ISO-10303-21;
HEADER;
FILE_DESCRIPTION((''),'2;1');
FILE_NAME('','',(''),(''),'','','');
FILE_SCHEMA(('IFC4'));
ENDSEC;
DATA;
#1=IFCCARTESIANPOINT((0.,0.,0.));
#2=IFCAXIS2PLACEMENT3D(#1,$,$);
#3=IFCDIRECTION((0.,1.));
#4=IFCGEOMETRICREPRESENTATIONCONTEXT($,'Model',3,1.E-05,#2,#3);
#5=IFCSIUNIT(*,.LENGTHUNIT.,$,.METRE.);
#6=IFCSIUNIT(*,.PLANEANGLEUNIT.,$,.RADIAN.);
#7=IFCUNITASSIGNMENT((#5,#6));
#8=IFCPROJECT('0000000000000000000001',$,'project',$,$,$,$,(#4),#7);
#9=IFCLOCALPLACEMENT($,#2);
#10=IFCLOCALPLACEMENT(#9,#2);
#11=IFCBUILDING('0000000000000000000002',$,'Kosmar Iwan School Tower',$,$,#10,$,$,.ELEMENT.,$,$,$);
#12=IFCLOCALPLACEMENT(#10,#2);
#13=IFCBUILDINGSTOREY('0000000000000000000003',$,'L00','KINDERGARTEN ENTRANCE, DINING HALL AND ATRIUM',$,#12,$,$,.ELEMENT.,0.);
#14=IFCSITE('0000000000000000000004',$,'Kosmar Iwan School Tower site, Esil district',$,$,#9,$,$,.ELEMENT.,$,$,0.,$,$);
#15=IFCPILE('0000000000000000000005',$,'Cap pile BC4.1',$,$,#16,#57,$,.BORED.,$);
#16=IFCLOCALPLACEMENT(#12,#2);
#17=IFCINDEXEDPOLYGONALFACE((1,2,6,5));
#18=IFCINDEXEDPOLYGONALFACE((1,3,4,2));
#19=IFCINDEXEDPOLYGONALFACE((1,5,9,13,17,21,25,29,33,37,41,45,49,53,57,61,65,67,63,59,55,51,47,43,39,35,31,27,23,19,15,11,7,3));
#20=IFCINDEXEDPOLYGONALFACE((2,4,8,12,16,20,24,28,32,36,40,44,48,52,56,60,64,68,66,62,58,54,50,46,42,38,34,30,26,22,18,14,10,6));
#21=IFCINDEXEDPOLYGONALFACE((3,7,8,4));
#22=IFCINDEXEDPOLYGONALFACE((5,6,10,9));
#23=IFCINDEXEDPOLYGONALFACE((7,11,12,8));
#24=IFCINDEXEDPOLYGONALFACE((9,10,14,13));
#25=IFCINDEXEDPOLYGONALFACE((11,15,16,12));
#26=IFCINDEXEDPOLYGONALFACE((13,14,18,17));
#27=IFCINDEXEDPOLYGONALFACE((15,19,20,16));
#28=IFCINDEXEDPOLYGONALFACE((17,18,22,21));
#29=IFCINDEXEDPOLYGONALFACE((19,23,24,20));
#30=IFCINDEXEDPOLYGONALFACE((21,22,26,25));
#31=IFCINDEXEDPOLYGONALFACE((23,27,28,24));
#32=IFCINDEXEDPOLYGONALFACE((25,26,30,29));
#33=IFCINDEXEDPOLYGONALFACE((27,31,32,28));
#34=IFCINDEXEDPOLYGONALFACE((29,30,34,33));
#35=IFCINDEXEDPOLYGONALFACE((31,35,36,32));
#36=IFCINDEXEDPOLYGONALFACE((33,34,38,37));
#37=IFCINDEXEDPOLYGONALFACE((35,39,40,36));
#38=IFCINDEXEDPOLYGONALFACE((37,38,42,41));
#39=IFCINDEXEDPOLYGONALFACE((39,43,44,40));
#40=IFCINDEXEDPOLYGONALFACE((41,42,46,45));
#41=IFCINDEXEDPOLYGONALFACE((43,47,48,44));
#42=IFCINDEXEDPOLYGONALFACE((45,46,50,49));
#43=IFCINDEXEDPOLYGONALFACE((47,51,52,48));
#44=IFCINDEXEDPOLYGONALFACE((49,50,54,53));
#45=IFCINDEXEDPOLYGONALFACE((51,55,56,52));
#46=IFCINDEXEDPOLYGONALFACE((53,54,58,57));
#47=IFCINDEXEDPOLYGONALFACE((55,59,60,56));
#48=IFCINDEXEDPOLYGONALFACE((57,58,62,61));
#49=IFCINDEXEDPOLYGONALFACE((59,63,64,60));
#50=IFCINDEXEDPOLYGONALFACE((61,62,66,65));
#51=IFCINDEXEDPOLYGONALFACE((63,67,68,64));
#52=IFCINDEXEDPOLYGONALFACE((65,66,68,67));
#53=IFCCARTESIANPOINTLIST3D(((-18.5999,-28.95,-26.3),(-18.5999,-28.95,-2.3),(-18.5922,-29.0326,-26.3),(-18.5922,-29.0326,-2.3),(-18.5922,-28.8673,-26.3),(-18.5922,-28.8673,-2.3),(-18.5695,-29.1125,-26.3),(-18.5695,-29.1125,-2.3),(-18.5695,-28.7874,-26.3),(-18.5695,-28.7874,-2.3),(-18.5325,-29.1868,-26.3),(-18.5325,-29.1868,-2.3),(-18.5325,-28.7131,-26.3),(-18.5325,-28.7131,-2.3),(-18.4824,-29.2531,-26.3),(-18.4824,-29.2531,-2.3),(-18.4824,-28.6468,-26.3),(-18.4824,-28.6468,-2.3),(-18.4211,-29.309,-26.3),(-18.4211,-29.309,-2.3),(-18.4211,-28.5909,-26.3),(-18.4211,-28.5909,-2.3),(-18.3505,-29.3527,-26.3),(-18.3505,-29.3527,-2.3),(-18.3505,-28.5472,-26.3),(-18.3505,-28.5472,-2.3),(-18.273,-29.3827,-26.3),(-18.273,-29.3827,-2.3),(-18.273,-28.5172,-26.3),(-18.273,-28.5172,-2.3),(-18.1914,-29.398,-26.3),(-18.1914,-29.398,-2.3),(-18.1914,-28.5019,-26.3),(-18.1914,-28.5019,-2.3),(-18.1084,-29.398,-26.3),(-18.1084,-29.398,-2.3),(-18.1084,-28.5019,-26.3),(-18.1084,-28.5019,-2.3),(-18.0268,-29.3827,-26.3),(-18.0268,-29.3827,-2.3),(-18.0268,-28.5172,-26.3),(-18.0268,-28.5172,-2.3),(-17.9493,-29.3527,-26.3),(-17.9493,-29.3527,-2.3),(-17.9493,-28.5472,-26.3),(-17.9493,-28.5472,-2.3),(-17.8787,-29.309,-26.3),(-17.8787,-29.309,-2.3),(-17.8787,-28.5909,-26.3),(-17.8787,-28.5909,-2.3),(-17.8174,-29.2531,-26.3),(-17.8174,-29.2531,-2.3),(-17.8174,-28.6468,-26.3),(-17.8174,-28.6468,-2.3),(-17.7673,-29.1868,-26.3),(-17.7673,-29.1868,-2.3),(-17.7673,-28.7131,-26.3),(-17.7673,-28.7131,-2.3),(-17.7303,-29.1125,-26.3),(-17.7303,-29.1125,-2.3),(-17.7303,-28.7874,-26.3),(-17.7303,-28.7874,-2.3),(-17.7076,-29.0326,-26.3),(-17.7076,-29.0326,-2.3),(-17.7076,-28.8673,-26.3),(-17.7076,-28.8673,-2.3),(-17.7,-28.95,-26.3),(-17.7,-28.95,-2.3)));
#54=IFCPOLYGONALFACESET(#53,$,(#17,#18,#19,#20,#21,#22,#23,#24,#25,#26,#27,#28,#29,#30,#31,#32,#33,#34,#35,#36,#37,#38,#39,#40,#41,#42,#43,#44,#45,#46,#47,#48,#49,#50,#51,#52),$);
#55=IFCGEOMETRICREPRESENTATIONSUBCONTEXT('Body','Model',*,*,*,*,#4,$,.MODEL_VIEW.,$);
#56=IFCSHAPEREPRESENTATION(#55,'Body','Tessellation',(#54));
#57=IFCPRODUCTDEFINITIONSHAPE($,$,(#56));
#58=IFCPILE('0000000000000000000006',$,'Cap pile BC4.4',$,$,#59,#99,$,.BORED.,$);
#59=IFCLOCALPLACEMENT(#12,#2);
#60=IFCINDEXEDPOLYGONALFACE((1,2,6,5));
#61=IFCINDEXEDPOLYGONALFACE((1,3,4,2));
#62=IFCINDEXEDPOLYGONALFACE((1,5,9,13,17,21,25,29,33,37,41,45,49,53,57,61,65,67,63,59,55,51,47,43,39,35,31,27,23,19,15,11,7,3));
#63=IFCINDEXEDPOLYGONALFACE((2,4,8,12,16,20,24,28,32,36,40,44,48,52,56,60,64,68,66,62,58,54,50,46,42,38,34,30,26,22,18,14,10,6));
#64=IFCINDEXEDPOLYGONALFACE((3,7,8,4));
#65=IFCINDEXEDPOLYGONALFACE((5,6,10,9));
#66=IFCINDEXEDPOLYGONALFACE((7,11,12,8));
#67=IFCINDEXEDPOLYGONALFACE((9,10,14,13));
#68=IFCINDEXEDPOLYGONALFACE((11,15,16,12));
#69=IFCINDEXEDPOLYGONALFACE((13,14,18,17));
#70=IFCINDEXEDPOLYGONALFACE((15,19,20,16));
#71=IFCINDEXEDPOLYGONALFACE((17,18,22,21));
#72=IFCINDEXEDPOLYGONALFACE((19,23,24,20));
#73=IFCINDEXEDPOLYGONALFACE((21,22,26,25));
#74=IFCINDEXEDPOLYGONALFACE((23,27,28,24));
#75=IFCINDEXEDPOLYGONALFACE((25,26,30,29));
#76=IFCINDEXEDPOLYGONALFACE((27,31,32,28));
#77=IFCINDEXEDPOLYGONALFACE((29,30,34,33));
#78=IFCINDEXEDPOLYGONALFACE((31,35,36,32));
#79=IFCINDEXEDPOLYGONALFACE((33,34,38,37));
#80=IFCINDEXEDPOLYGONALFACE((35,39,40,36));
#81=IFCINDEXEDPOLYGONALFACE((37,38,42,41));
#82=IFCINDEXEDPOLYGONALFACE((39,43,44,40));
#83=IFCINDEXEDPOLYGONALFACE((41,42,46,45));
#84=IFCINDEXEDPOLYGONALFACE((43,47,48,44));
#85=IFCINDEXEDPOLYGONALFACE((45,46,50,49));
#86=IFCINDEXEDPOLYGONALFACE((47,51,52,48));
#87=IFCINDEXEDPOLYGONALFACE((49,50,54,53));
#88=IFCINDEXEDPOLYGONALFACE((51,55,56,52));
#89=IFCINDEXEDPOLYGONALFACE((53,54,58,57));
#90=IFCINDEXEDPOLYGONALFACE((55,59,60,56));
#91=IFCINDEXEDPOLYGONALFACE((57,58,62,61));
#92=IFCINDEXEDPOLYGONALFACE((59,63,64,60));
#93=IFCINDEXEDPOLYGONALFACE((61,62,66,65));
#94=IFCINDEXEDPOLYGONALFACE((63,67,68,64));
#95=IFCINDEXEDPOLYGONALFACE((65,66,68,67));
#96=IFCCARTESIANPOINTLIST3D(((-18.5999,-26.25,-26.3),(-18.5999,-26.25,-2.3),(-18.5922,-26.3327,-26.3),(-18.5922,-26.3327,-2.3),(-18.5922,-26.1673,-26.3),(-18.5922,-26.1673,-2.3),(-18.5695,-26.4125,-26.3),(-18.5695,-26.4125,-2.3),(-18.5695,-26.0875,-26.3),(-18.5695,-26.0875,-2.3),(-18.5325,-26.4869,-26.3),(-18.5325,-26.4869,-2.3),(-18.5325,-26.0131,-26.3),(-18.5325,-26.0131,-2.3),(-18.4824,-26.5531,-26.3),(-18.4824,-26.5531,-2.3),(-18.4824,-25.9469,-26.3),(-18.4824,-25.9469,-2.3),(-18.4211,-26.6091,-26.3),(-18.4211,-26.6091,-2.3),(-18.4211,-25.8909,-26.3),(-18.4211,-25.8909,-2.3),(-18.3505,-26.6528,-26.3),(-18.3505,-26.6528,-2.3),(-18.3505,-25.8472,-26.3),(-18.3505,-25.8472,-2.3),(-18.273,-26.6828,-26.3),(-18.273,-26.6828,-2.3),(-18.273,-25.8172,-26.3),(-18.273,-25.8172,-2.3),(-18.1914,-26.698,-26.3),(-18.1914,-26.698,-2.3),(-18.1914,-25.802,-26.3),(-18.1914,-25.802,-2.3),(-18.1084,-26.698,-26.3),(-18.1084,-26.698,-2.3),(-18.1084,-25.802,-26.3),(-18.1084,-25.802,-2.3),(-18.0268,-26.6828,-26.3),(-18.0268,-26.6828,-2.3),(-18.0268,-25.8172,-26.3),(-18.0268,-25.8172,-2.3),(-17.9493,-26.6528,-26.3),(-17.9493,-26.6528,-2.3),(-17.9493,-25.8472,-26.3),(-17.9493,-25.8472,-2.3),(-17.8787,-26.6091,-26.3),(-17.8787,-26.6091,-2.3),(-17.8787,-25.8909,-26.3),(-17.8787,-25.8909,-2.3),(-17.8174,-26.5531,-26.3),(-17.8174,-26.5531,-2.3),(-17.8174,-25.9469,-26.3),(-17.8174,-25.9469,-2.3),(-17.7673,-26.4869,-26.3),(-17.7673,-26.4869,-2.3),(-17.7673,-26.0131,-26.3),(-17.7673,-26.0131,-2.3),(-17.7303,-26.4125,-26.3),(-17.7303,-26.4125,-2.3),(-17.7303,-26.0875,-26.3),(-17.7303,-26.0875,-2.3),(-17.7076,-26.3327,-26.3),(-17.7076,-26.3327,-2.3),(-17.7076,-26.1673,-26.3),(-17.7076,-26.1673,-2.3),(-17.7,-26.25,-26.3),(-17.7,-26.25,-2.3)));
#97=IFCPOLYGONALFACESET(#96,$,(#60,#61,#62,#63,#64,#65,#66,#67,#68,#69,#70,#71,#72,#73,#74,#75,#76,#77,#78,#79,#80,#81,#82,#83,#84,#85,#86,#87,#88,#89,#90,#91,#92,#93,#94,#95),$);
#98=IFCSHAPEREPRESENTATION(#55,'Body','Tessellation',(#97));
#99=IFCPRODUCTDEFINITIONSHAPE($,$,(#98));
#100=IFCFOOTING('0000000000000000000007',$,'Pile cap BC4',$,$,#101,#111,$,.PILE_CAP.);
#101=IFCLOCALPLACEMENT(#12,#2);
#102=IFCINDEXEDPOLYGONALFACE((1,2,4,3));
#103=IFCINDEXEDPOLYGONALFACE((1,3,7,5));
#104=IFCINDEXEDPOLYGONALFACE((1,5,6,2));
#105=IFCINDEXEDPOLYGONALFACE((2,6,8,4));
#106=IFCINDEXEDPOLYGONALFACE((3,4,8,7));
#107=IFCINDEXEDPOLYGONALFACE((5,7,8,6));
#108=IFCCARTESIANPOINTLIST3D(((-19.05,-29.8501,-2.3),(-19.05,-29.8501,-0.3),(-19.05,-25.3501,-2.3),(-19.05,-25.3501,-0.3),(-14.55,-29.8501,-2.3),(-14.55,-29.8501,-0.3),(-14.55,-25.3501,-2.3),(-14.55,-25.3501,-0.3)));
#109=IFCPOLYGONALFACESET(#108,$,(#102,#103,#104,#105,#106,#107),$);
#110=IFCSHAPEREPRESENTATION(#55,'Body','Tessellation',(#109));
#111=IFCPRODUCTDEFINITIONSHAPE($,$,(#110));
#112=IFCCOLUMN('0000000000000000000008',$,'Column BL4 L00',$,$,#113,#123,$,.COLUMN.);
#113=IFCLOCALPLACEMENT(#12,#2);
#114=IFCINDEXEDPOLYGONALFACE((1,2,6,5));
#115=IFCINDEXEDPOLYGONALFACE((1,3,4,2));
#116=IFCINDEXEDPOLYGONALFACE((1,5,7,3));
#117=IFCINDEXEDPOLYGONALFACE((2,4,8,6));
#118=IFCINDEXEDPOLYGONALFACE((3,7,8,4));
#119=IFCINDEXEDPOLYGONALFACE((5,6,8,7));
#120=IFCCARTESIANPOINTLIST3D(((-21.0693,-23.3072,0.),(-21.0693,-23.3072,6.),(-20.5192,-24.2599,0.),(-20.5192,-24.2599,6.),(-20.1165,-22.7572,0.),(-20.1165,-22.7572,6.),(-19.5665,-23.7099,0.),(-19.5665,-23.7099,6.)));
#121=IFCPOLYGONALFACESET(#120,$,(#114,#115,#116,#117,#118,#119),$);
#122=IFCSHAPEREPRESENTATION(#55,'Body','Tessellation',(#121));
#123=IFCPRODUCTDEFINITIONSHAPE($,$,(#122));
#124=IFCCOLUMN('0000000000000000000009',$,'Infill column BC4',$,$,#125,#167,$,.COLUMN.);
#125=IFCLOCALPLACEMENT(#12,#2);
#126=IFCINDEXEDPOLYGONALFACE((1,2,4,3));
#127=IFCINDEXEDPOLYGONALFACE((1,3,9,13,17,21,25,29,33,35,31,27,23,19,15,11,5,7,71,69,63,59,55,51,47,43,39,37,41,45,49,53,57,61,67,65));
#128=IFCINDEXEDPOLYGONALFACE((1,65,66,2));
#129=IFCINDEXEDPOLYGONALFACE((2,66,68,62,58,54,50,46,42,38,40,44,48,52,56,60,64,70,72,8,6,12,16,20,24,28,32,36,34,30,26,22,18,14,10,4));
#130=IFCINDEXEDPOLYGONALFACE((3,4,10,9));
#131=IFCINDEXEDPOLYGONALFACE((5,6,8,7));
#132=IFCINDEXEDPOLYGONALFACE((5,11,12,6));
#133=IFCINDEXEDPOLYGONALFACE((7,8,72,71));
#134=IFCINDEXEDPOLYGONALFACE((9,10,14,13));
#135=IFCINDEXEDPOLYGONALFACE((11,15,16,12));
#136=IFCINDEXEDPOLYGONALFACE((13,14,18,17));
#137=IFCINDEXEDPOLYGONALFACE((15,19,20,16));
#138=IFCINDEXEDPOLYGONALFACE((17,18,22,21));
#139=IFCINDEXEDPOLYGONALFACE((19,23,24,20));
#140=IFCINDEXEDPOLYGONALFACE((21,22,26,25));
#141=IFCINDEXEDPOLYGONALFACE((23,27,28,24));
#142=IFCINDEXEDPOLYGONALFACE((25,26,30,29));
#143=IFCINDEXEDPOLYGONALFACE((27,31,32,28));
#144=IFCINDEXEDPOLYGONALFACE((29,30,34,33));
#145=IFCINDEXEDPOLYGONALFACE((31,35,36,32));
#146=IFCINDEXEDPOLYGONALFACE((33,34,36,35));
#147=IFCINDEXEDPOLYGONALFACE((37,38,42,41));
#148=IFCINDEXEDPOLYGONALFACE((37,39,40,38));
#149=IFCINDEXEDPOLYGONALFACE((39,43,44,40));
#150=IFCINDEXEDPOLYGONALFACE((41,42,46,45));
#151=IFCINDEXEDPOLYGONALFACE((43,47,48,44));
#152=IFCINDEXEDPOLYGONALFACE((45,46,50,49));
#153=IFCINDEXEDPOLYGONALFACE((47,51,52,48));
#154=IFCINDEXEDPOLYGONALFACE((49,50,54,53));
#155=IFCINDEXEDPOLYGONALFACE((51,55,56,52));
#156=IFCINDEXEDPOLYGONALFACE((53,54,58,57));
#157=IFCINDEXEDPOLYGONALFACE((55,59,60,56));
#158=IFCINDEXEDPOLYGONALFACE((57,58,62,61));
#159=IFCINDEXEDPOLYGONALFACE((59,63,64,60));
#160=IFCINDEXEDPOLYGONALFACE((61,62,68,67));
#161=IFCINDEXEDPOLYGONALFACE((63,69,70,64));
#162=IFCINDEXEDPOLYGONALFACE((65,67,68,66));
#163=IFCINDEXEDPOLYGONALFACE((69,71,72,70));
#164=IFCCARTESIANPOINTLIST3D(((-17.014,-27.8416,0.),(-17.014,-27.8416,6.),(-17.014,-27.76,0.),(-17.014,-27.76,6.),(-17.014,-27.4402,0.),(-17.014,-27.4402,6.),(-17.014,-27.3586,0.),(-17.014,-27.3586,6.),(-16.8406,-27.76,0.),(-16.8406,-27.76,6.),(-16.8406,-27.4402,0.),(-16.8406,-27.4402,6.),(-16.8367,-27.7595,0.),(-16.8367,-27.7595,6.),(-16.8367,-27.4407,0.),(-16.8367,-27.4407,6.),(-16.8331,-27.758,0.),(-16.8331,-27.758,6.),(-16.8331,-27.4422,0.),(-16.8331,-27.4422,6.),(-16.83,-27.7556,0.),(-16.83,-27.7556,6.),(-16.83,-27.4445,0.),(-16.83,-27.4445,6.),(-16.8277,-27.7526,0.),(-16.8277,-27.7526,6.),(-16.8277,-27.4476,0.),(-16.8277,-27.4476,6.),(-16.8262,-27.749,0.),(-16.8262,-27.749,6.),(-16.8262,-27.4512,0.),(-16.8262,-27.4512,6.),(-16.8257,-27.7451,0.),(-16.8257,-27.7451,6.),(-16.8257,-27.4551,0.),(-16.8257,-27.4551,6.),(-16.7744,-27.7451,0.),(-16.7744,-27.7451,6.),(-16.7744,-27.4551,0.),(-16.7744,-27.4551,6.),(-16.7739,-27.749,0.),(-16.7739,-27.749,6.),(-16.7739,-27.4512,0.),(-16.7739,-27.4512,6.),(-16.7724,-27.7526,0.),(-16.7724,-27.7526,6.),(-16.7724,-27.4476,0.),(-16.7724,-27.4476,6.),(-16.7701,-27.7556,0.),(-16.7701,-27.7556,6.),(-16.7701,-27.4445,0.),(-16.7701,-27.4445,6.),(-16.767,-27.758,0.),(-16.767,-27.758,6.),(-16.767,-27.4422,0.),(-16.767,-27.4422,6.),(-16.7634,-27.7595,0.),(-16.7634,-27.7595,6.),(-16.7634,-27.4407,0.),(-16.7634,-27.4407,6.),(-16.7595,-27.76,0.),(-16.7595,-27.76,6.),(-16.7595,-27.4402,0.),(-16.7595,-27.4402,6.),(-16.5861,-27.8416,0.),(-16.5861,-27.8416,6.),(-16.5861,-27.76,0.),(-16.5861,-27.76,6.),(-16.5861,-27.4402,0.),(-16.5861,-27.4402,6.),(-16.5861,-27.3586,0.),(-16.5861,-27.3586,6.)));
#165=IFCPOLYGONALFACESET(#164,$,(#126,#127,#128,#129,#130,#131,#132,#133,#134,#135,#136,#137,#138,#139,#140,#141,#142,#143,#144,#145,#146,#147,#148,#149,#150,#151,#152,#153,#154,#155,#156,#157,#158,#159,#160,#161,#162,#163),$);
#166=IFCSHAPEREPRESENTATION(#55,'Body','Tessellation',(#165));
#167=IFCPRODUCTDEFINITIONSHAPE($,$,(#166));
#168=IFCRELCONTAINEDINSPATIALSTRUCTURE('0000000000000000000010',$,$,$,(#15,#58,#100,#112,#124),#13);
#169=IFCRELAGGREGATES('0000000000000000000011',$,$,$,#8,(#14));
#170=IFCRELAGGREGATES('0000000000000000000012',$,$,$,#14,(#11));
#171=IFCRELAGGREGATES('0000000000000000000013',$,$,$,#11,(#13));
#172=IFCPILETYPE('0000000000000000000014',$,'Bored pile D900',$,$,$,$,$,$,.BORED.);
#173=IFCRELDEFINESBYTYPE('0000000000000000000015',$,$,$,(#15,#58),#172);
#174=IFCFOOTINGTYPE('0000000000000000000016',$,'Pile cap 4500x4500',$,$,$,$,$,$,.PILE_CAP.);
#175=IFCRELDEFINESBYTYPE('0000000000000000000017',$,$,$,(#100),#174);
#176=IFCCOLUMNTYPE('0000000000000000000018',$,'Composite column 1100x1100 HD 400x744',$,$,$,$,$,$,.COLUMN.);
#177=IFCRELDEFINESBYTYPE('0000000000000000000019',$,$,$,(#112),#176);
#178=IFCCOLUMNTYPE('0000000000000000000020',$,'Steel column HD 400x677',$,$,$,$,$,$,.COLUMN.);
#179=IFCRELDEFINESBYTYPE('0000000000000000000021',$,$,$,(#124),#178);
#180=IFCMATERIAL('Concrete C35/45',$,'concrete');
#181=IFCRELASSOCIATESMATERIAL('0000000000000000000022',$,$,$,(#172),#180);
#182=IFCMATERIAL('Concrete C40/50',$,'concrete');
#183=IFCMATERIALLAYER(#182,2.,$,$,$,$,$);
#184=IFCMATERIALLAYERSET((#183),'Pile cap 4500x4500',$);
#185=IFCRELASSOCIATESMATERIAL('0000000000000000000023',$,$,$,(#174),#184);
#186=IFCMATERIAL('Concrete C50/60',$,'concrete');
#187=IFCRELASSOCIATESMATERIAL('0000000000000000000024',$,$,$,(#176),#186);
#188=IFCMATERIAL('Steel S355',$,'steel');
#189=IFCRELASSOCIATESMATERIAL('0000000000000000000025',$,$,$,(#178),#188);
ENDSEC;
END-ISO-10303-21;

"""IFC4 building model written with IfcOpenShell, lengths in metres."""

from ifc_helpers import new_model, si_unit, direction, frame, origin, origin_2d, place, context, subcontext, project, spatial, rectangle, circle, i_section, extrude, material, layer, layer_set, material_profile, profile_set, type_object, element, save


model = new_model("IFC4")

# Units and contexts
model_context = context("Model", 3, precision=1e-05, world=origin(), true_north=direction((0.0, 1.0)))
body_context = subcontext(model_context, "Body", "Model", "MODEL_VIEW")
ifc_project = project(units=[si_unit("LENGTHUNIT", "METRE"), si_unit("PLANEANGLEUNIT", "RADIAN")], contexts=[model_context])

# Site, building, storey
site_placement = place(None, origin())
site = spatial("IfcSite", under=ifc_project, at=site_placement, Name="Kosmar Iwan School Tower site, Esil district", CompositionType="ELEMENT", RefElevation=0.0)
building_placement = place(site_placement, origin())
building = spatial("IfcBuilding", under=site, at=building_placement, Name="Kosmar Iwan School Tower", CompositionType="ELEMENT")
storey_placement = place(building_placement, origin())
storey = spatial("IfcBuildingStorey", under=building, at=storey_placement, Name="L00", Description="KINDERGARTEN ENTRANCE, DINING HALL AND ATRIUM", CompositionType="ELEMENT", Elevation=0.0)

# Piles
ifc_material_1 = material(Name="Concrete C35/45", Category="concrete")
ifc_material_profile_1 = material_profile(ifc_material_1, circle(Radius=0.45, at=origin_2d()), Name="D900")
ifc_profile_set_1 = profile_set([ifc_material_profile_1], Name="Concrete C35/45")
pile_type = type_object("IfcPileType", Name="Bored pile D900", PredefinedType="BORED", material=ifc_profile_set_1)
for number, where, z_axis, x_axis, name in (
    (1, (-18.1499, -28.95, -2.3), (0.0, 0.0, -1.0), (1.0, 0.0, 0.0), "Cap pile BC4.1"),
    (2, (-18.1499, -26.25, -2.3), (0.0, 0.0, -1.0), (1.0, 0.0, 0.0), "Cap pile BC4.4"),
):
    element("IfcPile", number, at=place(storey_placement, frame(where, z_axis=z_axis, x_axis=x_axis)), inside=storey, type_object=pile_type, Name=name, PredefinedType="BORED", context=body_context, shape_type="SweptSolid", body=[
        extrude(circle(Radius=0.45, at=origin_2d()), origin(), (0.0, 0.0, 1.0), 24.0),
    ])

# Footing
ifc_material_2 = material(Name="Concrete C40/50", Category="concrete")
ifc_layer_1 = layer(ifc_material_2, 2.0)
ifc_layer_set_1 = layer_set([ifc_layer_1], Name="Pile cap 4500x4500")
footing_type = type_object("IfcFootingType", Name="Pile cap 4500x4500", PredefinedType="PILE_CAP", material=ifc_layer_set_1)
footing_placement = place(storey_placement, frame((-16.8, -27.6001, -2.3), z_axis=(0.0, 0.0, 1.0), x_axis=(1.0, 0.0, 0.0)))
element("IfcFooting", 3, at=footing_placement, inside=storey, type_object=footing_type, Name="Pile cap BC4", PredefinedType="PILE_CAP", context=body_context, shape_type="SweptSolid", body=[
    extrude(rectangle(XDim=4.5, YDim=4.5, at=origin_2d()), origin(), (0.0, 0.0, 1.0), 2.0),
])

# Columns
ifc_material_3 = material(Name="Concrete C50/60", Category="concrete")
ifc_material_profile_2 = material_profile(ifc_material_3, rectangle(XDim=1.1001, YDim=1.1001, at=origin_2d()), Name="RC 1100x1100 + HD 400x744")
ifc_profile_set_2 = profile_set([ifc_material_profile_2], Name="Concrete C50/60")
column_type_1 = type_object("IfcColumnType", Name="Composite column 1100x1100 HD 400x744", PredefinedType="COLUMN", material=ifc_profile_set_2)
column_1_placement = place(storey_placement, frame((-20.3179, -23.5085, 0.0), z_axis=(0.0, 0.0, 1.0), x_axis=(-0.866025, -0.5, 0.0)))
element("IfcColumn", 4, at=column_1_placement, inside=storey, type_object=column_type_1, Name="Column BL4 L00", PredefinedType="COLUMN", context=body_context, shape_type="SweptSolid", body=[
    extrude(rectangle(XDim=1.1001, YDim=1.1001, at=origin_2d()), origin(), (0.0, 0.0, 1.0), 6.0),
])
ifc_material_4 = material(Name="Steel S355", Category="steel")
ifc_material_profile_3 = material_profile(ifc_material_4, i_section(OverallWidth=0.428, OverallDepth=0.4829, WebThickness=0.0513, FlangeThickness=0.0815, FilletRadius=0.0149, at=origin_2d()), Name="HD 400x677")
ifc_profile_set_3 = profile_set([ifc_material_profile_3], Name="Steel S355")
column_type_2 = type_object("IfcColumnType", Name="Steel column HD 400x677", PredefinedType="COLUMN", material=ifc_profile_set_3)
column_2_placement = place(storey_placement, frame((-16.8, -27.6001, 0.0), z_axis=(0.0, 0.0, 1.0), x_axis=(1.0, 0.0, 0.0)))
element("IfcColumn", 5, at=column_2_placement, inside=storey, type_object=column_type_2, Name="Infill column BC4", PredefinedType="COLUMN", context=body_context, shape_type="SweptSolid", body=[
    extrude(i_section(OverallWidth=0.428, OverallDepth=0.4829, WebThickness=0.0513, FlangeThickness=0.0815, FilletRadius=0.0149, at=origin_2d()), origin(), (0.0, 0.0, 1.0), 6.0),
])

save(model, "model.ifc")
